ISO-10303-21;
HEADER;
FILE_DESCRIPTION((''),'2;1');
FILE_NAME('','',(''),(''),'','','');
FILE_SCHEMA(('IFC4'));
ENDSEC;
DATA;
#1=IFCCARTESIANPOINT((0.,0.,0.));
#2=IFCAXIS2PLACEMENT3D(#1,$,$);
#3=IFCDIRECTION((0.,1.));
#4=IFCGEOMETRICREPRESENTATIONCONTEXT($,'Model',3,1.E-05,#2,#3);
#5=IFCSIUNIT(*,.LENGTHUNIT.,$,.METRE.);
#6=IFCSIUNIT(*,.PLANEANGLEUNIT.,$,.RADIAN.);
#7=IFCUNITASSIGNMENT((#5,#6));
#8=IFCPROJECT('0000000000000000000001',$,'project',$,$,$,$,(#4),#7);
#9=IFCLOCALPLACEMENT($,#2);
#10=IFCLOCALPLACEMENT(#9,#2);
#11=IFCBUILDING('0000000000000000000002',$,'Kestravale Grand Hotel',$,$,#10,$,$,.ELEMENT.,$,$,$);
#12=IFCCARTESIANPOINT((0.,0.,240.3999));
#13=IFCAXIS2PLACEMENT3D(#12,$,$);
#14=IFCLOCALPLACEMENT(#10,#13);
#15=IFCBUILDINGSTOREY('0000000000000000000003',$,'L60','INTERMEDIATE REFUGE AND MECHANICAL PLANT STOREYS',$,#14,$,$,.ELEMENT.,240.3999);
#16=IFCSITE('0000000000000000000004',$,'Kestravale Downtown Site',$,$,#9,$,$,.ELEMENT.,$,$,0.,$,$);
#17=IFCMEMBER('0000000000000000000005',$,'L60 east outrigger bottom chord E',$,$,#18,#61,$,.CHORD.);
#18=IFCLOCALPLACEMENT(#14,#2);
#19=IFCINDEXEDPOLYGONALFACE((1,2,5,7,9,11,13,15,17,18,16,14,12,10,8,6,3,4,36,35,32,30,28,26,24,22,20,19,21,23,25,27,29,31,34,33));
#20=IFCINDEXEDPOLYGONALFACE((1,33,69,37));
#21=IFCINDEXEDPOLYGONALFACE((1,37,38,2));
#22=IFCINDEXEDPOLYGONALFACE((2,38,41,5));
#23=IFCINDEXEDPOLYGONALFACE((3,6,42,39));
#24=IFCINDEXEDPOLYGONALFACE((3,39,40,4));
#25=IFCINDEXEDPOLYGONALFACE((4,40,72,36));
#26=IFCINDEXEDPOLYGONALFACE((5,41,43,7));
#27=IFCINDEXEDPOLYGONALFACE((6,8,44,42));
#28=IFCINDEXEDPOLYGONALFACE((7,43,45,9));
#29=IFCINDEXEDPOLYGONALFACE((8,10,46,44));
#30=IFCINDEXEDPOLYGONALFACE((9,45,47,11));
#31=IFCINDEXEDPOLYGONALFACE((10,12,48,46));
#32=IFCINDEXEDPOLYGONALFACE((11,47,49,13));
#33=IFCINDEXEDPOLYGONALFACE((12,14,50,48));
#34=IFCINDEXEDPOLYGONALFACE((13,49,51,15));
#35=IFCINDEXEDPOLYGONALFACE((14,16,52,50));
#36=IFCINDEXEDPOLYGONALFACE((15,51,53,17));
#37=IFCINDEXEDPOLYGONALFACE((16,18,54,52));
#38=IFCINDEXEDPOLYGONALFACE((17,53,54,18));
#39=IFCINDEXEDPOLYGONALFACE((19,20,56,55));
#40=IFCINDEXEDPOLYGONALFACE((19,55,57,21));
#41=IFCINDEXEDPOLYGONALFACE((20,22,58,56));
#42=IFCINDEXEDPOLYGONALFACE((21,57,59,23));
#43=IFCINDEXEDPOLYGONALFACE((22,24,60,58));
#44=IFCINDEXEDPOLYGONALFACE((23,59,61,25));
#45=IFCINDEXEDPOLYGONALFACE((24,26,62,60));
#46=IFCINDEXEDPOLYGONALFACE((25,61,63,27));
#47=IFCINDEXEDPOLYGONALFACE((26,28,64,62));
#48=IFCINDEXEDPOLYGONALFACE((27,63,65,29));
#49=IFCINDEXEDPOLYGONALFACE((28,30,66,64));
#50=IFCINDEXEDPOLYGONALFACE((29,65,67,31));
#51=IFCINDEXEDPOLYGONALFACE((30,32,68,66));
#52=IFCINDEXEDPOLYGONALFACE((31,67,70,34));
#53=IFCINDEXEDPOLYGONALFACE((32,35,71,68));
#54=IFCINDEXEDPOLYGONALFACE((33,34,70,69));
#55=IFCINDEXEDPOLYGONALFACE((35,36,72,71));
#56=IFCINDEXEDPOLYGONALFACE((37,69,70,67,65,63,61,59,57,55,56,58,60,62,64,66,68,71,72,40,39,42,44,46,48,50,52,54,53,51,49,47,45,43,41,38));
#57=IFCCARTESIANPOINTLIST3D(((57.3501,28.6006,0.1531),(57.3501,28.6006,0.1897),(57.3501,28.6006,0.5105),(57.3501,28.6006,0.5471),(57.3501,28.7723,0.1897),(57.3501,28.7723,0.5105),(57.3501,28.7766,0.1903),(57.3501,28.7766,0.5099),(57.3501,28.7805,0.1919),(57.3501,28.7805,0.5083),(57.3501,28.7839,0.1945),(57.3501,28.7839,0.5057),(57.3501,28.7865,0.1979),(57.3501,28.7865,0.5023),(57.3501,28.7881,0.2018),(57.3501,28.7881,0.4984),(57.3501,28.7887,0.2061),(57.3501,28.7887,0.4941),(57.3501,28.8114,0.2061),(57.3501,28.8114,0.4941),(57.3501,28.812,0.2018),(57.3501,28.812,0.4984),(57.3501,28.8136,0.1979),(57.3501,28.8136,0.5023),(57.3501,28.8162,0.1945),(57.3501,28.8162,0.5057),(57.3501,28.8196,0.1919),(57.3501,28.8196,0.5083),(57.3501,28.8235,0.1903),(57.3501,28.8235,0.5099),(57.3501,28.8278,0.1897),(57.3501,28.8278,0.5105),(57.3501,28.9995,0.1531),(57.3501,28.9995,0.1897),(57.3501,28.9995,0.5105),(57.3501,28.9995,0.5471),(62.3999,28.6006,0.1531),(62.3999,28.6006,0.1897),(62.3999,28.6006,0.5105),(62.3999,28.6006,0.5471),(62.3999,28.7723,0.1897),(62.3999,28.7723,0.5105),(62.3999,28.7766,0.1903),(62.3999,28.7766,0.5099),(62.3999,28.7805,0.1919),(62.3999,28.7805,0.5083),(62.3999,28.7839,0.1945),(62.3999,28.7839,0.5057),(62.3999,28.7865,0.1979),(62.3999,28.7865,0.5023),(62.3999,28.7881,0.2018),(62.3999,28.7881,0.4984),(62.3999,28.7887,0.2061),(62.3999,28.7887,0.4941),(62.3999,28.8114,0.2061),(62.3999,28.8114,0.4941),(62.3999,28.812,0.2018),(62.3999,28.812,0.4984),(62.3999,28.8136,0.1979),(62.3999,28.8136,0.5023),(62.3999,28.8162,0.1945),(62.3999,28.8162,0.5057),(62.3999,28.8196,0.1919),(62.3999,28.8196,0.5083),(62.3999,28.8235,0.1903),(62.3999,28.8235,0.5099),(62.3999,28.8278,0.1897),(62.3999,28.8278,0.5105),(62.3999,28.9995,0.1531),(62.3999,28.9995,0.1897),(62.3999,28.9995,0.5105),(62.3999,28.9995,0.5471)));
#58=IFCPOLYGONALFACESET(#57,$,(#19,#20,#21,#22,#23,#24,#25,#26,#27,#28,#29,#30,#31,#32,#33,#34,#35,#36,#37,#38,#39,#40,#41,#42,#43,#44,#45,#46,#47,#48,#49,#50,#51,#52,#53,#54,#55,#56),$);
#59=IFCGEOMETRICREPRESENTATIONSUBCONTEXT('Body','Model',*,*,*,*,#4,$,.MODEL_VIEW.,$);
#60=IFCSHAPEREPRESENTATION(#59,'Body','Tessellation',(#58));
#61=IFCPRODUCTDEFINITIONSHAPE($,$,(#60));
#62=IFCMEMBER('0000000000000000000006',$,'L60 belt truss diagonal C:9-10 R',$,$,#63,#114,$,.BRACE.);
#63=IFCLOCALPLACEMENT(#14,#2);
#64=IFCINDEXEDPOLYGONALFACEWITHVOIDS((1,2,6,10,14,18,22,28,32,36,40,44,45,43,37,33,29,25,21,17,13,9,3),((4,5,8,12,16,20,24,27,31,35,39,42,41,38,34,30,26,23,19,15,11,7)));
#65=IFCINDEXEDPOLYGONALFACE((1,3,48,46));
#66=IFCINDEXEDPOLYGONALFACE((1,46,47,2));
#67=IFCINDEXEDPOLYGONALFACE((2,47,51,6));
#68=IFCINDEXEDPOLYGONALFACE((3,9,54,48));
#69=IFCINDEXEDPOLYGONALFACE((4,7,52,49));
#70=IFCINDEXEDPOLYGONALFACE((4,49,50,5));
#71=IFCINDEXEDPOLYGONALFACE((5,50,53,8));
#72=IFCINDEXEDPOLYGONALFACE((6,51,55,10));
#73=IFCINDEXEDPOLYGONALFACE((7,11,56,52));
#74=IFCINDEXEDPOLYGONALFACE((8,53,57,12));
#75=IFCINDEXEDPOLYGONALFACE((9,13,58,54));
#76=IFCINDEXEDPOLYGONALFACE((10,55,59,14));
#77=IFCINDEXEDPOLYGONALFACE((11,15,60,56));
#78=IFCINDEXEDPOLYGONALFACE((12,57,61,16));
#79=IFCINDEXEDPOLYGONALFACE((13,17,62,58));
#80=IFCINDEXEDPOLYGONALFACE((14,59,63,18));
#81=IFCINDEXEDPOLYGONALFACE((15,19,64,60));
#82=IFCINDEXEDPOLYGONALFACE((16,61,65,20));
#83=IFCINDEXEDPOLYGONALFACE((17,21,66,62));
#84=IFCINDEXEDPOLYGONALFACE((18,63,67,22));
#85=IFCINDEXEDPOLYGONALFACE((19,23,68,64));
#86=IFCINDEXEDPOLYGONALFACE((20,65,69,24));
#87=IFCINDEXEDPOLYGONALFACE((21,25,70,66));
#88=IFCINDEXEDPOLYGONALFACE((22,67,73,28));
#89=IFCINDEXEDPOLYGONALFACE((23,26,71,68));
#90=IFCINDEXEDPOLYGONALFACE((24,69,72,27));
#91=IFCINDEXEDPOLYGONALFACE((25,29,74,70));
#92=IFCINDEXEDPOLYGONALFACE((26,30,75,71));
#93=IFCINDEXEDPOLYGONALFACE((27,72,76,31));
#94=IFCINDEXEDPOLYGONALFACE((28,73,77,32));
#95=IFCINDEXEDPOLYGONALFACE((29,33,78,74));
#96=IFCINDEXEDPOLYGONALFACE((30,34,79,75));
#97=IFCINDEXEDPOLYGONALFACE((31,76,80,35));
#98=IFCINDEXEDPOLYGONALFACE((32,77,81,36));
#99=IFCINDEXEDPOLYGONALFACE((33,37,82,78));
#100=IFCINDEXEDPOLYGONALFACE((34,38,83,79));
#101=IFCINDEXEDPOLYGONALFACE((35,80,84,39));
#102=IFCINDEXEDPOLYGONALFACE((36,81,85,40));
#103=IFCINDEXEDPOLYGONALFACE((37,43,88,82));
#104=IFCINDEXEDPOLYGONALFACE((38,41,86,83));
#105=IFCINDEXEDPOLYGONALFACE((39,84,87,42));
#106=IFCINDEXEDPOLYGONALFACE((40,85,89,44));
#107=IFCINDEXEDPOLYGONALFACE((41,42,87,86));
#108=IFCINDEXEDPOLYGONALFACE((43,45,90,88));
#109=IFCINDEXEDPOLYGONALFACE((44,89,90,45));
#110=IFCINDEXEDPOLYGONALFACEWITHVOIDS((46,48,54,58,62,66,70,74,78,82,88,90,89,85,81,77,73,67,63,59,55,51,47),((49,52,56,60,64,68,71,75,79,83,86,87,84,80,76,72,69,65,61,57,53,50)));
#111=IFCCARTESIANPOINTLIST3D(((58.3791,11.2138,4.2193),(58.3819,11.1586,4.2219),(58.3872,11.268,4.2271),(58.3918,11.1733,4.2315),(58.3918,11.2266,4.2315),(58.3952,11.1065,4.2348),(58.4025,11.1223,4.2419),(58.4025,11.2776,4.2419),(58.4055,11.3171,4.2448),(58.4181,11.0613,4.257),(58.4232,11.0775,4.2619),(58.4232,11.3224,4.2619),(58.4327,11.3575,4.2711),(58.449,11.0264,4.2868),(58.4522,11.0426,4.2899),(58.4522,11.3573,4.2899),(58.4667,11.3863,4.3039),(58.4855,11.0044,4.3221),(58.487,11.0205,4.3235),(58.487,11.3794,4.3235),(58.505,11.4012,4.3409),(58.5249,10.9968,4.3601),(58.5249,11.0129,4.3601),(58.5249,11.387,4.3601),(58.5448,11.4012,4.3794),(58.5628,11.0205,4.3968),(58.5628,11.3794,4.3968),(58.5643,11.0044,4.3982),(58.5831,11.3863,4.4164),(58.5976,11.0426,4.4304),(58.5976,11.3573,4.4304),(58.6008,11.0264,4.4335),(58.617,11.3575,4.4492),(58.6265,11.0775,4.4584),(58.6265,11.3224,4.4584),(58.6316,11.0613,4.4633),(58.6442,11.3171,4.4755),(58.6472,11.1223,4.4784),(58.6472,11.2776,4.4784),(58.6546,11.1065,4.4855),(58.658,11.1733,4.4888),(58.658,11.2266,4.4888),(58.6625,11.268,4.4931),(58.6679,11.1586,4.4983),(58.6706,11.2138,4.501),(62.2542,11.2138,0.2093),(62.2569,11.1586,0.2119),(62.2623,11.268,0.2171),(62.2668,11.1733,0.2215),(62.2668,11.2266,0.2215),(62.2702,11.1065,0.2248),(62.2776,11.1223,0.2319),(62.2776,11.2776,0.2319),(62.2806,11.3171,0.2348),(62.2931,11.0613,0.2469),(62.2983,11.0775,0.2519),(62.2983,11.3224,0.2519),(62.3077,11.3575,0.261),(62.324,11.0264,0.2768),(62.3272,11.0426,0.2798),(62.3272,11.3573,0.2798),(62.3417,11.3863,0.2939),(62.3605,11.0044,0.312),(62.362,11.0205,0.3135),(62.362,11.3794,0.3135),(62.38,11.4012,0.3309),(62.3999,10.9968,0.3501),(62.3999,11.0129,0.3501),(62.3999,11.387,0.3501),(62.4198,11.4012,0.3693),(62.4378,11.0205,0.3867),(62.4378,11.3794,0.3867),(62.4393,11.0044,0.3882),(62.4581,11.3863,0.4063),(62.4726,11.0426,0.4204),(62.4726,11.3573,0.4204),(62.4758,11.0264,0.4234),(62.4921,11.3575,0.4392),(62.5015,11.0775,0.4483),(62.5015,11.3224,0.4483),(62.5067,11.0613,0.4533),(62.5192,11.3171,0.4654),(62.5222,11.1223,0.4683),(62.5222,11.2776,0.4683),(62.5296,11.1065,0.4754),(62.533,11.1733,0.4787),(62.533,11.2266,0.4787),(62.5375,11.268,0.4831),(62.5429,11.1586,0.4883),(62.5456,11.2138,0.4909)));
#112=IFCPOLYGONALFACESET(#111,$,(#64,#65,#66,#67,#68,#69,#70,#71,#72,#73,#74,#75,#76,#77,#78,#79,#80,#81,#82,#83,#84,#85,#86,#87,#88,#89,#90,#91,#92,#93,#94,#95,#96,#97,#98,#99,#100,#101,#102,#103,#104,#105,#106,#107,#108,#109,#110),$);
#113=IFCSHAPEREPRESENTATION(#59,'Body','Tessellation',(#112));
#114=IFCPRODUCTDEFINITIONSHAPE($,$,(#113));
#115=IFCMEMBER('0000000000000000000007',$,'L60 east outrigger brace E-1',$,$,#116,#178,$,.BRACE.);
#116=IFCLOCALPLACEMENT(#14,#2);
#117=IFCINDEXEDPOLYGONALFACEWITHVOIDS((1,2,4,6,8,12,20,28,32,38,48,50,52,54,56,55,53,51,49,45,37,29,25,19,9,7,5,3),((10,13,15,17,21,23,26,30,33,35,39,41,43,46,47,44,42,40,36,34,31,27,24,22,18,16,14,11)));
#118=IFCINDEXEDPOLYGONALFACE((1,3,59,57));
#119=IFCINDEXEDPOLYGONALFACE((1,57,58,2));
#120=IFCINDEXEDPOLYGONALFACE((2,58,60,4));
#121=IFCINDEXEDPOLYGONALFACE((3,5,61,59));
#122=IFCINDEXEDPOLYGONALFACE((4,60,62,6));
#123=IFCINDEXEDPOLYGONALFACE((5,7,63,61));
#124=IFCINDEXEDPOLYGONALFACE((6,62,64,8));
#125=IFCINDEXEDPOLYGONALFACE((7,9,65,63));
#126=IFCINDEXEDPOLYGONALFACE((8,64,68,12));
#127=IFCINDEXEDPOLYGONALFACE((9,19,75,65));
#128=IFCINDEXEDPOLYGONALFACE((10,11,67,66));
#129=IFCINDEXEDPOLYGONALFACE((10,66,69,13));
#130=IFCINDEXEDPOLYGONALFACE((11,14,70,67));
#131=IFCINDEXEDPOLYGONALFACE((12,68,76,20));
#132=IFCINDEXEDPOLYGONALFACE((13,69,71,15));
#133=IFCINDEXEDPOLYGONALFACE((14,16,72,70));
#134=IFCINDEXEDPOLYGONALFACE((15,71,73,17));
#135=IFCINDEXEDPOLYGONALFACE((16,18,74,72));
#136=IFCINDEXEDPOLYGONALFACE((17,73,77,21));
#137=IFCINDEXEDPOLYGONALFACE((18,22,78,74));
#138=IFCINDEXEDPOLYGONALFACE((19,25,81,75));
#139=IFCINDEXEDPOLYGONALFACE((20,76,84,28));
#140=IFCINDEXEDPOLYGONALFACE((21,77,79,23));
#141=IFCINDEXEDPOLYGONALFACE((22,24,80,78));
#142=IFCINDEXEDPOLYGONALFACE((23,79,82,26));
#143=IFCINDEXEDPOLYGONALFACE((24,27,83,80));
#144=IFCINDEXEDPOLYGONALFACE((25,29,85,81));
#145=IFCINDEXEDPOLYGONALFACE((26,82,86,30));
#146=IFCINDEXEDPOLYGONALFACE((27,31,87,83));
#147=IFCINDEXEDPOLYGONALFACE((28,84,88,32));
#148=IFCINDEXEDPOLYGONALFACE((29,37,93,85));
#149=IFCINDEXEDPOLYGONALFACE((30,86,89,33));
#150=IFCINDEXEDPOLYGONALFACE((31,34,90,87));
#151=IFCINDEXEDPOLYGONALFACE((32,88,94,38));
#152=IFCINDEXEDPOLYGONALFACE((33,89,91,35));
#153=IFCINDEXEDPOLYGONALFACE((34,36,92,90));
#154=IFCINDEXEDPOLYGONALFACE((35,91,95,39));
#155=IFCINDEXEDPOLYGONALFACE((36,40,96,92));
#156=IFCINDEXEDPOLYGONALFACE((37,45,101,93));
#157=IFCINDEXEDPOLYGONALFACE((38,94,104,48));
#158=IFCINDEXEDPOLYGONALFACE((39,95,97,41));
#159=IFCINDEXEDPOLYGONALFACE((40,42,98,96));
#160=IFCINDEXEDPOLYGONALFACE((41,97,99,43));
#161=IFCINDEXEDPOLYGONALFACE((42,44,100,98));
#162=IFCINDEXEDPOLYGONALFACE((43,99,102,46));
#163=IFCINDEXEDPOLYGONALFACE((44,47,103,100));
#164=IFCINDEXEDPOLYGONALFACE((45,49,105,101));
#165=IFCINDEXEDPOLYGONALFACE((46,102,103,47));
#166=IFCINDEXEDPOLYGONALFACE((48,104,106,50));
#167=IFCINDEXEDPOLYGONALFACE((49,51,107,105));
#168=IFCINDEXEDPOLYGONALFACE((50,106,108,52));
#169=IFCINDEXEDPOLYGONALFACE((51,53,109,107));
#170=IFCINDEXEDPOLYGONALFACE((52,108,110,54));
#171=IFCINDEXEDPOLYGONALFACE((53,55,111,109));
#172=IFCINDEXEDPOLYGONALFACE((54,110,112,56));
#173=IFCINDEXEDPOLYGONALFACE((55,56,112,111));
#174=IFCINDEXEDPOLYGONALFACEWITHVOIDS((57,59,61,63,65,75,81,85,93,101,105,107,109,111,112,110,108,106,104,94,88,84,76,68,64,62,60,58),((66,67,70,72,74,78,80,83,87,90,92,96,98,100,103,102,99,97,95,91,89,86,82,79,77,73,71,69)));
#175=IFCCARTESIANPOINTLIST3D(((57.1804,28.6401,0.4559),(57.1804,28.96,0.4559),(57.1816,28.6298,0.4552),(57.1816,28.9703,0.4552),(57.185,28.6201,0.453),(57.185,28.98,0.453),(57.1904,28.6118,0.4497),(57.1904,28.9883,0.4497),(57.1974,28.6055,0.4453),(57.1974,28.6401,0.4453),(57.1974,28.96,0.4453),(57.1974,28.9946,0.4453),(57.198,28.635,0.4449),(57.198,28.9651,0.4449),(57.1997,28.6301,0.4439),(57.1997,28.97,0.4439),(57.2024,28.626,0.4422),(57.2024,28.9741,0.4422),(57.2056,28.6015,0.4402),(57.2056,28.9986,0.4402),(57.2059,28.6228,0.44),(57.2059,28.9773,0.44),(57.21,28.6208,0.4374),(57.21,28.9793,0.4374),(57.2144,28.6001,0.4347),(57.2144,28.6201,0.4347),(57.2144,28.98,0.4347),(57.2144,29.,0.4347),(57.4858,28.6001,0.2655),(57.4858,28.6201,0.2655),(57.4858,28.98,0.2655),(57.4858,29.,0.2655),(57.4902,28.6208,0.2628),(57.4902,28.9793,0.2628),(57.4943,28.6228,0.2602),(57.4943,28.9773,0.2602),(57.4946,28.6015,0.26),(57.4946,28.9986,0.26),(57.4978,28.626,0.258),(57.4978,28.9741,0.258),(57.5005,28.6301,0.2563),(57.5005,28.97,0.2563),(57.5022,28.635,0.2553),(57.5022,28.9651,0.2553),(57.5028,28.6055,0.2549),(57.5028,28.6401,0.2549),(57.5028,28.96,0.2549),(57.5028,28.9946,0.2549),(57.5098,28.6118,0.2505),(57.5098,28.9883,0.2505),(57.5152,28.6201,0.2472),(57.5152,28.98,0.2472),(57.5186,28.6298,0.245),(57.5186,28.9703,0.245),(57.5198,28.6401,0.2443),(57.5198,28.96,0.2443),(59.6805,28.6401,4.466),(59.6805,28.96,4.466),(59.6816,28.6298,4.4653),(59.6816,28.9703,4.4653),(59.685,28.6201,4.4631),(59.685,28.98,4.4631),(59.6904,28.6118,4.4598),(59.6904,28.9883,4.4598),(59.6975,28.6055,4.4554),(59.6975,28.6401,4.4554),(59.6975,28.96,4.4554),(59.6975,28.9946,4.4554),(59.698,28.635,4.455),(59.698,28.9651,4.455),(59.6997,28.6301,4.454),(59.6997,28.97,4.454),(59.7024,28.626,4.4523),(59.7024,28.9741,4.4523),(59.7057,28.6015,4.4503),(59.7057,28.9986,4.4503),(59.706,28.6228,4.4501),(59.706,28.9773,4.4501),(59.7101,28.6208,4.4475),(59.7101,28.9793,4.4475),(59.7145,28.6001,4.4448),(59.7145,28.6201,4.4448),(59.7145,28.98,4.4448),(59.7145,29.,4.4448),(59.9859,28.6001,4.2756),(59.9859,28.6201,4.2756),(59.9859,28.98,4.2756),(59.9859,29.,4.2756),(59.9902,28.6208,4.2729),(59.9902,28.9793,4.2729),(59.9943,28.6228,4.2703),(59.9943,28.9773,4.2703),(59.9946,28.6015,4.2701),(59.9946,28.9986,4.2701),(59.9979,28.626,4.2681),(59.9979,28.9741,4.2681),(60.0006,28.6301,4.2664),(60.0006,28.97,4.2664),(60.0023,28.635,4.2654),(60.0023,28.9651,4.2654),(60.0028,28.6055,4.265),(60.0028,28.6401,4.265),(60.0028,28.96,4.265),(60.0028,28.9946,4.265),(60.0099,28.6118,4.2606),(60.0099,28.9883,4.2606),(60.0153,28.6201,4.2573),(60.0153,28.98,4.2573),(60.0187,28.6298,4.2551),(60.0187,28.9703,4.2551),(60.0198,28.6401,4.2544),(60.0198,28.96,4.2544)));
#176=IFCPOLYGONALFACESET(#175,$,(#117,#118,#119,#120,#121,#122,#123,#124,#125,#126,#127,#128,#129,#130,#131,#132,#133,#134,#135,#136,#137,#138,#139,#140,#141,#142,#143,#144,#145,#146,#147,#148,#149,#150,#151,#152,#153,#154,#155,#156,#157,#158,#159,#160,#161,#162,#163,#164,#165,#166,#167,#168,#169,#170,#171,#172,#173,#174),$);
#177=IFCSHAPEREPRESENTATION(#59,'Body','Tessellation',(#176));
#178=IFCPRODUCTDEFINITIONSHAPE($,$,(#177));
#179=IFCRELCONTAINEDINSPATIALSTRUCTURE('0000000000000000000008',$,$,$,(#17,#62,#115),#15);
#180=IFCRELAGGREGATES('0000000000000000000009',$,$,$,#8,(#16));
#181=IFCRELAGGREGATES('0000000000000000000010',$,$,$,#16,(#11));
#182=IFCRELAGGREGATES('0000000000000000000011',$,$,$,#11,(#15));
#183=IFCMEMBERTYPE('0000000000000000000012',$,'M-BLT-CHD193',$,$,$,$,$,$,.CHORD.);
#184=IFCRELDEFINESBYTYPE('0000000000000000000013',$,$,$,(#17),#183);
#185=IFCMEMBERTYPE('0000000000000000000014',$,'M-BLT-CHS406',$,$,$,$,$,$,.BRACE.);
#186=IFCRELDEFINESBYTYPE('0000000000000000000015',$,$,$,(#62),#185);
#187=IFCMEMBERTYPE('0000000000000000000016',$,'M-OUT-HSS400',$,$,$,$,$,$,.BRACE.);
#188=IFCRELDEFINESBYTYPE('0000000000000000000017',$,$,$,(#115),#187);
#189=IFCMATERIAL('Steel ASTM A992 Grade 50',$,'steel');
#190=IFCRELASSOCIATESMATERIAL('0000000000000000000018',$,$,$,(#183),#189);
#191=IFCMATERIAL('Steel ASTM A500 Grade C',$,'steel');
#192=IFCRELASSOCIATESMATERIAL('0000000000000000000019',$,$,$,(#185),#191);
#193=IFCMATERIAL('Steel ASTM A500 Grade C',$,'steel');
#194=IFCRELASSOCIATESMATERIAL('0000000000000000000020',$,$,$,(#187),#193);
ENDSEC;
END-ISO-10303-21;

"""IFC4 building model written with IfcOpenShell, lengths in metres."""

from ifc_helpers import new_model, si_unit, direction, frame, origin, origin_2d, place, context, subcontext, project, spatial, hollow_rectangle, hollow_circle, i_section, extrude, material, material_profile, profile_set, type_object, element, save


model = new_model("IFC4")

# Units and contexts
model_context = context("Model", 3, precision=1e-05, world=origin(), true_north=direction((0.0, 1.0)))
body_context = subcontext(model_context, "Body", "Model", "MODEL_VIEW")
ifc_project = project(units=[si_unit("LENGTHUNIT", "METRE"), si_unit("PLANEANGLEUNIT", "RADIAN")], contexts=[model_context])

# Site, building, storey
site_placement = place(None, origin())
site = spatial("IfcSite", under=ifc_project, at=site_placement, Name="Kestravale Downtown Site", CompositionType="ELEMENT", RefElevation=0.0)
building_placement = place(site_placement, origin())
building = spatial("IfcBuilding", under=site, at=building_placement, Name="Kestravale Grand Hotel", CompositionType="ELEMENT")
storey_placement = place(building_placement, frame((0.0, 0.0, 240.3999)))
storey = spatial("IfcBuildingStorey", under=building, at=storey_placement, Name="L60", Description="INTERMEDIATE REFUGE AND MECHANICAL PLANT STOREYS", CompositionType="ELEMENT", Elevation=240.3999)

# Members
ifc_material_1 = material(Name="Steel ASTM A992 Grade 50", Category="steel")
ifc_material_profile_1 = material_profile(ifc_material_1, i_section(OverallWidth=0.3989, OverallDepth=0.394, WebThickness=0.0227, FlangeThickness=0.0366, FilletRadius=0.0164, at=origin_2d()))
ifc_profile_set_1 = profile_set([ifc_material_profile_1], Name="Steel ASTM A992 Grade 50")
member_type_1 = type_object("IfcMemberType", Name="M-BLT-CHD193", PredefinedType="CHORD", material=ifc_profile_set_1)
member_1_placement = place(storey_placement, frame((57.3501, 28.8, 0.3501), z_axis=(1.0, 0.0, 0.0), x_axis=(0.0, 1.0, 0.0)))
element("IfcMember", 1, at=member_1_placement, inside=storey, type_object=member_type_1, Name="L60 east outrigger bottom chord E", PredefinedType="CHORD", context=body_context, shape_type="SweptSolid", body=[
    extrude(i_section(OverallWidth=0.3989, OverallDepth=0.394, WebThickness=0.0227, FlangeThickness=0.0366, FilletRadius=0.0164, at=origin_2d()), origin(), (0.0, 0.0, 1.0), 5.0498),
])
ifc_material_2 = material(Name="Steel ASTM A500 Grade C", Category="steel")
ifc_material_profile_2 = material_profile(ifc_material_2, hollow_circle(Radius=0.2031, WallThickness=0.0161, at=origin_2d()))
ifc_profile_set_2 = profile_set([ifc_material_profile_2], Name="Steel ASTM A500 Grade C")
member_type_2 = type_object("IfcMemberType", Name="M-BLT-CHS406", PredefinedType="BRACE", material=ifc_profile_set_2)
member_2_placement = place(storey_placement, frame((62.3999, 11.2, 0.3501), z_axis=(-0.694898, 0.0, 0.719109), x_axis=(0.0, -1.0, 0.0)))
element("IfcMember", 2, at=member_2_placement, inside=storey, type_object=member_type_2, Name="L60 belt truss diagonal C:9-10 R", PredefinedType="BRACE", context=body_context, shape_type="SweptSolid", body=[
    extrude(hollow_circle(Radius=0.2031, WallThickness=0.0161, at=origin_2d()), origin(), (0.0, 0.0, 1.0), 5.5764),
])
ifc_material_3 = material(Name="Steel ASTM A500 Grade C", Category="steel")
ifc_material_profile_3 = material_profile(ifc_material_3, hollow_rectangle(XDim=0.3999, YDim=0.3999, WallThickness=0.02, InnerFilletRadius=0.02, OuterFilletRadius=0.04, at=origin_2d()))
ifc_profile_set_3 = profile_set([ifc_material_profile_3], Name="Steel ASTM A500 Grade C")
member_type_3 = type_object("IfcMemberType", Name="M-OUT-HSS400", PredefinedType="BRACE", material=ifc_profile_set_3)
for number, where, z_axis, x_axis, name in (
    (3, (57.3501, 28.8, 0.3501), (0.529047, 0.0, 0.848593), (0.0, 1.0, 0.0), "L60 east outrigger brace E-1"),
):
    element("IfcMember", number, at=place(storey_placement, frame(where, z_axis=z_axis, x_axis=x_axis)), inside=storey, type_object=member_type_3, Name=name, PredefinedType="BRACE", context=body_context, shape_type="SweptSolid", body=[
        extrude(hollow_rectangle(XDim=0.3999, YDim=0.3999, WallThickness=0.02, InnerFilletRadius=0.02, OuterFilletRadius=0.04, at=origin_2d()), origin(), (0.0, 0.0, 1.0), 4.7256),
    ])

save(model, "model.ifc")
